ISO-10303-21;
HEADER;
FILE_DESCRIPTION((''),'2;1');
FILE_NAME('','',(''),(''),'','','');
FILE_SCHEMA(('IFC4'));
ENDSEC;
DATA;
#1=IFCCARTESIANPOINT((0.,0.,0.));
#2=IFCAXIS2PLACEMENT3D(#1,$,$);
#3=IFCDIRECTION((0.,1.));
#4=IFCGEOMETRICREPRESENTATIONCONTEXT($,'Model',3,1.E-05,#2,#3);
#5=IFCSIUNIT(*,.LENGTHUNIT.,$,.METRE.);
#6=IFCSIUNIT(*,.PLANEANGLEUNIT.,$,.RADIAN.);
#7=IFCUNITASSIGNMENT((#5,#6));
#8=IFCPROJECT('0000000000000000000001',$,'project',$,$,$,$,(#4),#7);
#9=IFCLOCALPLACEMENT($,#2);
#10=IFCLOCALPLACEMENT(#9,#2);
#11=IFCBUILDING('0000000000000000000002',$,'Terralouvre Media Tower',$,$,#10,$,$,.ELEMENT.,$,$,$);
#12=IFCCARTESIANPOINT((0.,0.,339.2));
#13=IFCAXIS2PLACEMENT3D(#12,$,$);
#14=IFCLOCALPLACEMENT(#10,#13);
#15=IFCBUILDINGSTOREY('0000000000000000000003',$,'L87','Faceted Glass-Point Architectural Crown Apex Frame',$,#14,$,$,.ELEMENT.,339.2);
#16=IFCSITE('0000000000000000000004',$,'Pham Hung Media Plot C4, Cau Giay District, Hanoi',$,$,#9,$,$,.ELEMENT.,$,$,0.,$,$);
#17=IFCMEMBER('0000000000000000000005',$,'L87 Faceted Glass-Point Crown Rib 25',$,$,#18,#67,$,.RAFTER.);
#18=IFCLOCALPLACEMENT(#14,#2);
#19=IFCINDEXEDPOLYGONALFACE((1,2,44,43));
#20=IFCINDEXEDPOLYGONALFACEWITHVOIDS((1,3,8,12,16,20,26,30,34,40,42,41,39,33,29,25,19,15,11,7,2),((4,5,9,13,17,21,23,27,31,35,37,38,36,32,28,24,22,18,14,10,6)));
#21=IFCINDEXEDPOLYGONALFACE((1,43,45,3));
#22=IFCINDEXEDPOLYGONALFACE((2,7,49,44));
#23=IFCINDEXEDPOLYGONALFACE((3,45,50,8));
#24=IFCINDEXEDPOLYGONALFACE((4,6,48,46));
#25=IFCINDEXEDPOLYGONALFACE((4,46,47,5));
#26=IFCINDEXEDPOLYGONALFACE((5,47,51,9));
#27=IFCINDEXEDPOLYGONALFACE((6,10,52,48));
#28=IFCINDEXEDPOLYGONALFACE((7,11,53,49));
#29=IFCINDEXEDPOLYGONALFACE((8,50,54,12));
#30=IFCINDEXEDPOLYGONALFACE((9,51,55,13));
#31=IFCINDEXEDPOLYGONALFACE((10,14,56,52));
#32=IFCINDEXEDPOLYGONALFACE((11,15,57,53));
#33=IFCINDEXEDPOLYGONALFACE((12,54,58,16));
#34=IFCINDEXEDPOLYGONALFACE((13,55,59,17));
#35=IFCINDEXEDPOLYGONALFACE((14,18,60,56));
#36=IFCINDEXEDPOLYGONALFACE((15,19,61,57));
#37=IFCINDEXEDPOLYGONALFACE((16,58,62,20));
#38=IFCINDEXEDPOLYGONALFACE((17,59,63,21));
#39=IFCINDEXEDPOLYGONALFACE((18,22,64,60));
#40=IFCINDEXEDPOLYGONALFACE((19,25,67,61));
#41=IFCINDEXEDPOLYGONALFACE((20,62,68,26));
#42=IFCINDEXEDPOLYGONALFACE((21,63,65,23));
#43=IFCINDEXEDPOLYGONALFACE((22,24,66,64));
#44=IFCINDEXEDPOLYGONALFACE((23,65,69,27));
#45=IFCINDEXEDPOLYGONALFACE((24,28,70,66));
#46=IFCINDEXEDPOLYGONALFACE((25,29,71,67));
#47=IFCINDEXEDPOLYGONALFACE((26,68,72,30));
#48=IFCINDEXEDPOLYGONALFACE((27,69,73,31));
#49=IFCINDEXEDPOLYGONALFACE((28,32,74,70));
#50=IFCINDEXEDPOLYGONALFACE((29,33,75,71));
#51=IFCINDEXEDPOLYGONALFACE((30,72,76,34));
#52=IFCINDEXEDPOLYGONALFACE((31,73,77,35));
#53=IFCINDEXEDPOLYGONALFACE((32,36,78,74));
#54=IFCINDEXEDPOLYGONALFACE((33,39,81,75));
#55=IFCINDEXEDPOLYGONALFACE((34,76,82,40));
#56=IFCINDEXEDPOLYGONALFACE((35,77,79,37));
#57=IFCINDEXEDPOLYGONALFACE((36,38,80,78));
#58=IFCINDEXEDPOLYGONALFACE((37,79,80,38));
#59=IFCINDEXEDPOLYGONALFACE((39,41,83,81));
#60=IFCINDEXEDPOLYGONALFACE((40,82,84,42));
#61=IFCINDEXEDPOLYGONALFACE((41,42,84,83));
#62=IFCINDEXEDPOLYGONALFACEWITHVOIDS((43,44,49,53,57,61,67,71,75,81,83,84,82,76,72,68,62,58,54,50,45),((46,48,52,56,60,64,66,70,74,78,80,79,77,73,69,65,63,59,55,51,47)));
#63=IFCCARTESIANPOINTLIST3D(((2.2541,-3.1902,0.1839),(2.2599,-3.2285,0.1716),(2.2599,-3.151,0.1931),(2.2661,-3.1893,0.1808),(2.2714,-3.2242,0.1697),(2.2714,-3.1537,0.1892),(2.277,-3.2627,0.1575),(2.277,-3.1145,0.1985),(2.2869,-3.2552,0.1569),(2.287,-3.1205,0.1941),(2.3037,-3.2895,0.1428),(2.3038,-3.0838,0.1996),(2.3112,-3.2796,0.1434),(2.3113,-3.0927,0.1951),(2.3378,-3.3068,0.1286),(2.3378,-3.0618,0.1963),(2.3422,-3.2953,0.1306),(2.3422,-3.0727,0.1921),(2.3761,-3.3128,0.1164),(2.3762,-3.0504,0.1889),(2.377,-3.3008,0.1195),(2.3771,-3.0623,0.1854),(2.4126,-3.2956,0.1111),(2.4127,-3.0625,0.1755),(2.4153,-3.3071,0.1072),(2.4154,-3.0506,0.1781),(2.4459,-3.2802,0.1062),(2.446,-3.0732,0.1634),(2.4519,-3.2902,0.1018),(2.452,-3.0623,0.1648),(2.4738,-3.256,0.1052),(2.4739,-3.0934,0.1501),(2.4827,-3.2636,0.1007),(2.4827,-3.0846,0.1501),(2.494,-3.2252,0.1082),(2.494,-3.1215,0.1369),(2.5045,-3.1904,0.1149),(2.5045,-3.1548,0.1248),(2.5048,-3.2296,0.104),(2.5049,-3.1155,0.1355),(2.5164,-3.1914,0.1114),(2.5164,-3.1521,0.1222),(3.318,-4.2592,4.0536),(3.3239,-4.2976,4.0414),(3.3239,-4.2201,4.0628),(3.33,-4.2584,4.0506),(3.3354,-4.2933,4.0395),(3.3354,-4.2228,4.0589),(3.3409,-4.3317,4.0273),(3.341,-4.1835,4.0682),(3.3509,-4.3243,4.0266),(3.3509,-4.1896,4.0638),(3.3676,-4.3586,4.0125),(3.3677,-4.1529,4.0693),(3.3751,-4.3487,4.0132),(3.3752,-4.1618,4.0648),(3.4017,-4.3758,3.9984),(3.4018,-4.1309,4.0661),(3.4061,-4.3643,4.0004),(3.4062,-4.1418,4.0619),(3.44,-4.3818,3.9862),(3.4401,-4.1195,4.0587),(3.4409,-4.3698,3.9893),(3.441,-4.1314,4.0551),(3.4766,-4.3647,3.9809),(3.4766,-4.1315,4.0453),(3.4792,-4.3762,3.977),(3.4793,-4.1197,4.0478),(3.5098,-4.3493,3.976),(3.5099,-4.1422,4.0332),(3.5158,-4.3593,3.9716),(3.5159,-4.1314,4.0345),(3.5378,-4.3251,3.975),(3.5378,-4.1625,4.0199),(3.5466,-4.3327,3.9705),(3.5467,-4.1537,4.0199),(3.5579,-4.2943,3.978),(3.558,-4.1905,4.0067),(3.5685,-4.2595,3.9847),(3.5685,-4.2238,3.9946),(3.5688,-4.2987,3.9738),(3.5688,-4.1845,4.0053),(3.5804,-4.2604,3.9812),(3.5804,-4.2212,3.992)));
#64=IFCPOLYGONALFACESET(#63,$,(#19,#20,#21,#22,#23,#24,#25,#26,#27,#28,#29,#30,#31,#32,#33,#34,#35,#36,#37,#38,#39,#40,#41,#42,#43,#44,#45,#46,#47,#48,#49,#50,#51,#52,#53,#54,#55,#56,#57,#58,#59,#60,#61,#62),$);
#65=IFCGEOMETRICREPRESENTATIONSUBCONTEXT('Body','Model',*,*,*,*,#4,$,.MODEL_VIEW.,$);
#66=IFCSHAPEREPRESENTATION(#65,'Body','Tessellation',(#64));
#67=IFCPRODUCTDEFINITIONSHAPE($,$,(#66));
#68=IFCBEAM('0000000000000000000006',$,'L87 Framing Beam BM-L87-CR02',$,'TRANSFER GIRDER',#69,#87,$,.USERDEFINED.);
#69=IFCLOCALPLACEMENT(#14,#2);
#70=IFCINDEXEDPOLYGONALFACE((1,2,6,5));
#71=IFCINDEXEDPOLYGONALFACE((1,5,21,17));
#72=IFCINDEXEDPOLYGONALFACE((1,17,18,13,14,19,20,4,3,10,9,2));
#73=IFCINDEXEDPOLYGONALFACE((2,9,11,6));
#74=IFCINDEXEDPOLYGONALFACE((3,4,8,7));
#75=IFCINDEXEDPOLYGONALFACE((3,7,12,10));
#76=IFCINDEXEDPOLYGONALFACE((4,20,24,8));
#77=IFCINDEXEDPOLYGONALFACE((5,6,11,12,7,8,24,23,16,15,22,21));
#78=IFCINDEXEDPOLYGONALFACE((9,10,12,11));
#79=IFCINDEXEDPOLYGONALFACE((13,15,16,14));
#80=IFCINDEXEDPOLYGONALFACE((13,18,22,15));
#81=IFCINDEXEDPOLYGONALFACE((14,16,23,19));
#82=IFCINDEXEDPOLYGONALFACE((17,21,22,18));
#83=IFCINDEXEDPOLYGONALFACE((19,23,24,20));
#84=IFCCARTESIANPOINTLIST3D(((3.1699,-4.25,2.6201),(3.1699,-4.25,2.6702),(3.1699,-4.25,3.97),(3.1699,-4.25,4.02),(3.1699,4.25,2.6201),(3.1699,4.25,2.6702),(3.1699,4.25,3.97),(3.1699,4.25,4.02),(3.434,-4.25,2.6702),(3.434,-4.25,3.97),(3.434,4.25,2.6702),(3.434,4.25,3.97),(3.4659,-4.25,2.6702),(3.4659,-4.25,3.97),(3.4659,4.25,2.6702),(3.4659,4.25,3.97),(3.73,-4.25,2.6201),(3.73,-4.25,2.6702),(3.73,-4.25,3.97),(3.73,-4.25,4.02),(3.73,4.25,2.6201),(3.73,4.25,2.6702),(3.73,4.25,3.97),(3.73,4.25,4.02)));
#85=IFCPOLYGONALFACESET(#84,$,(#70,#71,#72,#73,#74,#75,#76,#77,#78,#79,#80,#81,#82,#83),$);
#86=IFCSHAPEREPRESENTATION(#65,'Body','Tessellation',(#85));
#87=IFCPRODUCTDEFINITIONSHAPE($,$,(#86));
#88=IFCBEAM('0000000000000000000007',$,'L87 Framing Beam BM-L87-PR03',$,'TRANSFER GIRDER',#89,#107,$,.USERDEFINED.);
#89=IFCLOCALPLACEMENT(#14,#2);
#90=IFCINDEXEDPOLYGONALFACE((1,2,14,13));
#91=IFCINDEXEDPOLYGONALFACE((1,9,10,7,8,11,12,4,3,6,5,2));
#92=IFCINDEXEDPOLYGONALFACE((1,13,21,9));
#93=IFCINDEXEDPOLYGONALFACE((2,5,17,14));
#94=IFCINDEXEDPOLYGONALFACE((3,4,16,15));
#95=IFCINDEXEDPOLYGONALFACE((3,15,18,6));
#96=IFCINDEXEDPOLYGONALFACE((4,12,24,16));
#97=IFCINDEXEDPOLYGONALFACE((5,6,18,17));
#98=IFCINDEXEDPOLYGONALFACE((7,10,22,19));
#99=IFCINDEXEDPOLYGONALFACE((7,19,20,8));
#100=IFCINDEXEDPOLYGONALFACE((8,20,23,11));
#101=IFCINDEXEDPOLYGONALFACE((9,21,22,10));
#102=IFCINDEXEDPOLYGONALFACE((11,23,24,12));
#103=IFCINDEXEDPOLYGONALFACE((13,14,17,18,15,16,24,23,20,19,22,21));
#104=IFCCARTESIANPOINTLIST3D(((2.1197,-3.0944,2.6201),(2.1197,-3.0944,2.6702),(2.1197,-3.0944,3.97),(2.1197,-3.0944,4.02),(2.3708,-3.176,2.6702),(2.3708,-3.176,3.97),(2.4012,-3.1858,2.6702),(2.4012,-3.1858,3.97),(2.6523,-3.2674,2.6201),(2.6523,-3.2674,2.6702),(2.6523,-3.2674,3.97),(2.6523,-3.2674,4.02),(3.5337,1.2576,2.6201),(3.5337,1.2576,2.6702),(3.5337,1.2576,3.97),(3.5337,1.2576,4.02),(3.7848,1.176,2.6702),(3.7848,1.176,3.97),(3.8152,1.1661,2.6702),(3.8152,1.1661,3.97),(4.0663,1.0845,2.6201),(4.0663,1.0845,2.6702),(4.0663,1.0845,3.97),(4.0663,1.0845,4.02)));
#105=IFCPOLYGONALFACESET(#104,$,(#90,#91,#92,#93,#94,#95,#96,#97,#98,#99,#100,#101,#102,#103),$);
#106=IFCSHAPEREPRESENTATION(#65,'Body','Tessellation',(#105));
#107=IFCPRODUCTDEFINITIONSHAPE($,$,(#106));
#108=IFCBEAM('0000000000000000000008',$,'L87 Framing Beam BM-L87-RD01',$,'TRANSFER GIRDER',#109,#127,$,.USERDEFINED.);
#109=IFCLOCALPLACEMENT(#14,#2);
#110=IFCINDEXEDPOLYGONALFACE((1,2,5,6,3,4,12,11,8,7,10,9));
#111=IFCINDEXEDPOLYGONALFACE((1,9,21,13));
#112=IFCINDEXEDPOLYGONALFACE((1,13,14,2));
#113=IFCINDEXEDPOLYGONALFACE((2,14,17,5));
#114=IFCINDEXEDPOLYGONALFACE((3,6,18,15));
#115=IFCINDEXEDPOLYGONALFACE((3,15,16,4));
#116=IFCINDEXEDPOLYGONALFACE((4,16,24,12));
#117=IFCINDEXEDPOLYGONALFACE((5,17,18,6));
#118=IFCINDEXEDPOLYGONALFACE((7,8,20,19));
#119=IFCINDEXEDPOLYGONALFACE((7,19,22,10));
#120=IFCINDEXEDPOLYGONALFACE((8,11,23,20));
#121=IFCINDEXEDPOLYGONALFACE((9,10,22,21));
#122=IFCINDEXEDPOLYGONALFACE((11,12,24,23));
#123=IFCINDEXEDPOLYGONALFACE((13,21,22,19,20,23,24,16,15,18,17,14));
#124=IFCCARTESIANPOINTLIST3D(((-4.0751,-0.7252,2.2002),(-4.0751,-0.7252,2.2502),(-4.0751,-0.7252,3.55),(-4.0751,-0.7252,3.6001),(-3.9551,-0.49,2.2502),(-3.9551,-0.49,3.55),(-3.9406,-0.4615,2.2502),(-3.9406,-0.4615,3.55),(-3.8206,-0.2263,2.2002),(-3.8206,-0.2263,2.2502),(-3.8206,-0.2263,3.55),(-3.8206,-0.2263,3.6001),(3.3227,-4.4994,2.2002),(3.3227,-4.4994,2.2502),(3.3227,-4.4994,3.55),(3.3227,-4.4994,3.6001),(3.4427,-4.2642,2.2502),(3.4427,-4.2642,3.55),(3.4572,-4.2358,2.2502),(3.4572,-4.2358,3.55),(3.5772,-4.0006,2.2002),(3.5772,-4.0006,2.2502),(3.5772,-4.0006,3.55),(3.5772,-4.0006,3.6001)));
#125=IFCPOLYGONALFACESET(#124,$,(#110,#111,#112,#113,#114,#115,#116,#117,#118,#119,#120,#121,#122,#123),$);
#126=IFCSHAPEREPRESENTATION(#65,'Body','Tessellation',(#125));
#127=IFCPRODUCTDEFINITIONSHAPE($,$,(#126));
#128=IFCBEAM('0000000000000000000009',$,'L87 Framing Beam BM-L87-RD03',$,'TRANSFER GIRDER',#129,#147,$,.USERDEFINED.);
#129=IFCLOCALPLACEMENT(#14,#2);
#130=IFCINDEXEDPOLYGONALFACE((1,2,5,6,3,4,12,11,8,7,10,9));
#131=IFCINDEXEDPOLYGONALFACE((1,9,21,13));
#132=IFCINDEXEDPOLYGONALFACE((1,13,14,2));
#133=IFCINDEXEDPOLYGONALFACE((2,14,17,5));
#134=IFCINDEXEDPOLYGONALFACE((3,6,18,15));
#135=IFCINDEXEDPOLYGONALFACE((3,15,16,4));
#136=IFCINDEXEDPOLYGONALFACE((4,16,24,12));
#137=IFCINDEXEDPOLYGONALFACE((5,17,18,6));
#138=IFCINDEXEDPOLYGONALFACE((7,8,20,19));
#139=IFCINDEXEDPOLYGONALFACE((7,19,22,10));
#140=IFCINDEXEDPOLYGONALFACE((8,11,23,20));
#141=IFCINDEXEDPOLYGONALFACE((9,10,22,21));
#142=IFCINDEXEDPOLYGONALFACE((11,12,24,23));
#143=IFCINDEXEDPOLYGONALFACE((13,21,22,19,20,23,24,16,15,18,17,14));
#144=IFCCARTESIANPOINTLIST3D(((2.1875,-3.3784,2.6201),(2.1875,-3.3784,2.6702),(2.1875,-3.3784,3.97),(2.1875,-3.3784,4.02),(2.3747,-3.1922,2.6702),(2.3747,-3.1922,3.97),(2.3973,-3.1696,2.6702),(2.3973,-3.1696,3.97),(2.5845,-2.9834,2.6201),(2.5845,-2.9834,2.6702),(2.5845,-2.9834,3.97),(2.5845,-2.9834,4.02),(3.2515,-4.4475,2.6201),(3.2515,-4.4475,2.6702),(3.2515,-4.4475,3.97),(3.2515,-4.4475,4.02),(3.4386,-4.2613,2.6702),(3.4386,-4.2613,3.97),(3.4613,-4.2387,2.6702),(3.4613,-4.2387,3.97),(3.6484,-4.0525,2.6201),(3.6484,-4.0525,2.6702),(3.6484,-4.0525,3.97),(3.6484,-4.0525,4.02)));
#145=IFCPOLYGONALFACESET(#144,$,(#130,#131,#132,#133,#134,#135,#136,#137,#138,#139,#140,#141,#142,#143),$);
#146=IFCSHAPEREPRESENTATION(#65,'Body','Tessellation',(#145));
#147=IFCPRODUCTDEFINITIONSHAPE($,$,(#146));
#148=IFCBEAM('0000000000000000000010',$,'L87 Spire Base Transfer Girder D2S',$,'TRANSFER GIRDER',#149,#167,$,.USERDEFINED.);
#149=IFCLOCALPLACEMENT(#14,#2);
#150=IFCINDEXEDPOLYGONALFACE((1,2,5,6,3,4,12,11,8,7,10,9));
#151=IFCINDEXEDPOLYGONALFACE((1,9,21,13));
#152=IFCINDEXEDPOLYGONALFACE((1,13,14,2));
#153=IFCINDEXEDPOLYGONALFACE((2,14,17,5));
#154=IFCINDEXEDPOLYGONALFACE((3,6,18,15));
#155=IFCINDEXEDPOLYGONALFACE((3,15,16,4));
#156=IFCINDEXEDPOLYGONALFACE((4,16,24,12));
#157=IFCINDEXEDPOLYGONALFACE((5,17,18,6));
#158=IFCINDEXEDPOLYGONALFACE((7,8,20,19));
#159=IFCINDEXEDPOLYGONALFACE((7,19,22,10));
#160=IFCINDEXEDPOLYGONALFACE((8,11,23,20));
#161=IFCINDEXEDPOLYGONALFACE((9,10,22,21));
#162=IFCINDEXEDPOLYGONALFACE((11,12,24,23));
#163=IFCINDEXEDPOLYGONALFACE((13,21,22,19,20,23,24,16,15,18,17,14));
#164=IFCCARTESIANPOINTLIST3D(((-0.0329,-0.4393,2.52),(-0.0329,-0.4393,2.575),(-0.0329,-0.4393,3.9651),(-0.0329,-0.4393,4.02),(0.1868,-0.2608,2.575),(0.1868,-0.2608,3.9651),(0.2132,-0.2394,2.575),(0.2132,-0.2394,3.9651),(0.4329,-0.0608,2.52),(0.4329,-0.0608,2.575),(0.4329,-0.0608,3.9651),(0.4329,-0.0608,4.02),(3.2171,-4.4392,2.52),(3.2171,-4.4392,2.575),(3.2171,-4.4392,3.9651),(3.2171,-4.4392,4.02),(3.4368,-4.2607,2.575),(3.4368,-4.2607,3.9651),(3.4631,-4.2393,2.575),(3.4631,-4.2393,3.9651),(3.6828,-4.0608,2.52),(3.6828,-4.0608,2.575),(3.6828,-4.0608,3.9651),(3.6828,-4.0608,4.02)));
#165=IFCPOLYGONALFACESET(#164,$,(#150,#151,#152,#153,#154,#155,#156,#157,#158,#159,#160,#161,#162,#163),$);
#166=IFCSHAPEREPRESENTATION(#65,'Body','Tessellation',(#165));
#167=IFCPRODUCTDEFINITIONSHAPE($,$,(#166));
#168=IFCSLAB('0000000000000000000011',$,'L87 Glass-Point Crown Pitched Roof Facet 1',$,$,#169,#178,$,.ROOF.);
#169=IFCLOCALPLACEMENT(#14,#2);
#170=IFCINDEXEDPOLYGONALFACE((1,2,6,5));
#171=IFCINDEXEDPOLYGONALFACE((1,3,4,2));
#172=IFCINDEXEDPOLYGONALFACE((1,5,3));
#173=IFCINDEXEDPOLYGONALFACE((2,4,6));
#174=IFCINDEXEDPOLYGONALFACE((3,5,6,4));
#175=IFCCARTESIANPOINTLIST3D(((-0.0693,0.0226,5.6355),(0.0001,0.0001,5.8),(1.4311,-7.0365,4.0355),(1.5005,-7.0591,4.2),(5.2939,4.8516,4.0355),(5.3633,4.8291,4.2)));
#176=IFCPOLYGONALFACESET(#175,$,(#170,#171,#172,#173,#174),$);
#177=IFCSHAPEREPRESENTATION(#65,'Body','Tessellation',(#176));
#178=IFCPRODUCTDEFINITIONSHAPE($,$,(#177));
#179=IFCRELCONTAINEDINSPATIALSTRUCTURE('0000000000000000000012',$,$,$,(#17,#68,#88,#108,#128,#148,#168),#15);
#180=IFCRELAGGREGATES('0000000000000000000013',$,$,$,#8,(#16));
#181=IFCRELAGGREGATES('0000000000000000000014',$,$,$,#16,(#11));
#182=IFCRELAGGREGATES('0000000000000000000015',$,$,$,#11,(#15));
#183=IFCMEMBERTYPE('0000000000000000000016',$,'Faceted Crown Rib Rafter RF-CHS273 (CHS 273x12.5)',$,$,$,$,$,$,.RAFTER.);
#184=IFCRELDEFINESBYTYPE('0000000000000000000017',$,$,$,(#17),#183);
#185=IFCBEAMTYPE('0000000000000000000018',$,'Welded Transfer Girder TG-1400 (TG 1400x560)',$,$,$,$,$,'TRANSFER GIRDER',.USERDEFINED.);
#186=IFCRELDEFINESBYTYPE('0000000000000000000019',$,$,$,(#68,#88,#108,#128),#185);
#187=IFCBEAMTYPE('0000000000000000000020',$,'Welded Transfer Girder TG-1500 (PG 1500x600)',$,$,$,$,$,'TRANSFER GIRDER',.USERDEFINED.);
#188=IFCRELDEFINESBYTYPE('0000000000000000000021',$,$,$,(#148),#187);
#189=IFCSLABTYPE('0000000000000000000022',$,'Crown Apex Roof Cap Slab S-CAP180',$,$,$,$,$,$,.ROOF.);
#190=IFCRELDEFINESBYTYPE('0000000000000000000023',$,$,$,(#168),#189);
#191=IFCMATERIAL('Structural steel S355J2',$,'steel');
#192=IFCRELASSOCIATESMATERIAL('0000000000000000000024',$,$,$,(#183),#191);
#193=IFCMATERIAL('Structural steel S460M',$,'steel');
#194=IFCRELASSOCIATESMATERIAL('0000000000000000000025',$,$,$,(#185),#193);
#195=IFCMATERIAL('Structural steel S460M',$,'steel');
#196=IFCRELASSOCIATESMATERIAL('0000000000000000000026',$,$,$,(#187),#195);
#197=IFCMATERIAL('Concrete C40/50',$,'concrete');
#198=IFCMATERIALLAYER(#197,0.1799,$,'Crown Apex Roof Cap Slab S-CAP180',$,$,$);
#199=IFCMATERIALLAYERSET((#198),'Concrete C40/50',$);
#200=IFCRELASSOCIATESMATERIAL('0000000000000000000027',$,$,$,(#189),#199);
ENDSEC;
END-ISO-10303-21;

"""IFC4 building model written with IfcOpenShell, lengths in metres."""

from ifc_helpers import new_model, si_unit, direction, frame, origin, origin_2d, place, context, subcontext, project, spatial, polyline, hollow_circle, i_section, outline, extrude, material, layer, layer_set, material_profile, profile_set, type_object, element, save


model = new_model("IFC4")

# Units and contexts
model_context = context("Model", 3, precision=1e-05, world=origin(), true_north=direction((0.0, 1.0)))
body_context = subcontext(model_context, "Body", "Model", "MODEL_VIEW")
ifc_project = project(units=[si_unit("LENGTHUNIT", "METRE"), si_unit("PLANEANGLEUNIT", "RADIAN")], contexts=[model_context])

# Site, building, storey
site_placement = place(None, origin())
site = spatial("IfcSite", under=ifc_project, at=site_placement, Name="Pham Hung Media Plot C4, Cau Giay District, Hanoi", CompositionType="ELEMENT", RefElevation=0.0)
building_placement = place(site_placement, origin())
building = spatial("IfcBuilding", under=site, at=building_placement, Name="Terralouvre Media Tower", CompositionType="ELEMENT")
storey_placement = place(building_placement, frame((0.0, 0.0, 339.2)))
storey = spatial("IfcBuildingStorey", under=building, at=storey_placement, Name="L87", Description="Faceted Glass-Point Architectural Crown Apex Frame", CompositionType="ELEMENT", Elevation=339.2)

# Member
ifc_material_1 = material(Name="Structural steel S355J2", Category="steel")
ifc_material_profile_1 = material_profile(ifc_material_1, hollow_circle(Radius=0.1365, WallThickness=0.0125, at=origin_2d()), Name="CHS 273x12.5")
ifc_profile_set_1 = profile_set([ifc_material_profile_1], Name="Structural steel S355J2")
member_type_1 = type_object("IfcMemberType", Name="Faceted Crown Rib Rafter RF-CHS273 (CHS 273x12.5)", PredefinedType="RAFTER", material=ifc_profile_set_1)
member_1_placement = place(storey_placement, frame((2.386, -3.1809, 0.1501), z_axis=(0.256166, -0.2574, 0.931732), x_axis=(0.708804, 0.705405, 0.0)))
element("IfcMember", 1, at=member_1_placement, inside=storey, type_object=member_type_1, Name="L87 Faceted Glass-Point Crown Rib 25", PredefinedType="RAFTER", context=body_context, shape_type="SweptSolid", body=[
    extrude(hollow_circle(Radius=0.1365, WallThickness=0.0125, at=origin_2d()), origin(), (0.0, 0.0, 1.0), 4.1533),
])

# Beams
ifc_material_2 = material(Name="Structural steel S460M", Category="steel")
ifc_material_profile_2 = material_profile(ifc_material_2, i_section(OverallWidth=0.5601, OverallDepth=1.3999, WebThickness=0.032, FlangeThickness=0.05, at=origin_2d()), Name="TG 1400x560")
ifc_profile_set_2 = profile_set([ifc_material_profile_2], Name="Structural steel S460M")
beam_type_1 = type_object("IfcBeamType", Name="Welded Transfer Girder TG-1400 (TG 1400x560)", ElementType="TRANSFER GIRDER", PredefinedType="USERDEFINED", material=ifc_profile_set_2)
beam_1_placement = place(storey_placement, frame((3.45, -4.25, 3.3201), z_axis=(0.0, 1.0, 0.0), x_axis=(-1.0, 0.0, 0.0)))
element("IfcBeam", 2, at=beam_1_placement, inside=storey, type_object=beam_type_1, Name="L87 Framing Beam BM-L87-CR02", ObjectType="TRANSFER GIRDER", PredefinedType="USERDEFINED", context=body_context, shape_type="SweptSolid", body=[
    extrude(i_section(OverallWidth=0.5601, OverallDepth=1.3999, WebThickness=0.032, FlangeThickness=0.05, at=origin_2d()), origin(), (0.0, 0.0, 1.0), 8.5),
])
beam_2_placement = place(storey_placement, frame((2.386, -3.1809, 3.3201), z_axis=(0.309016, 0.951057, 0.0), x_axis=(-0.951057, 0.309016, 0.0)))
element("IfcBeam", 3, at=beam_2_placement, inside=storey, type_object=beam_type_1, Name="L87 Framing Beam BM-L87-PR03", ObjectType="TRANSFER GIRDER", PredefinedType="USERDEFINED", context=body_context, shape_type="SweptSolid", body=[
    extrude(i_section(OverallWidth=0.5601, OverallDepth=1.3999, WebThickness=0.032, FlangeThickness=0.05, at=origin_2d()), origin(), (0.0, 0.0, 1.0), 4.5759),
])
beam_3_placement = place(storey_placement, frame((3.45, -4.25, 2.9001), z_axis=(-0.89077, 0.454454, 0.0), x_axis=(-0.454454, -0.89077, 0.0)))
element("IfcBeam", 4, at=beam_3_placement, inside=storey, type_object=beam_type_1, Name="L87 Framing Beam BM-L87-RD01", ObjectType="TRANSFER GIRDER", PredefinedType="USERDEFINED", context=body_context, shape_type="SweptSolid", body=[
    extrude(i_section(OverallWidth=0.5601, OverallDepth=1.3999, WebThickness=0.032, FlangeThickness=0.05, at=origin_2d()), origin(), (0.0, 0.0, 1.0), 8.3049),
])
beam_4_placement = place(storey_placement, frame((3.45, -4.25, 3.3201), z_axis=(-0.705405, 0.708804, 0.0), x_axis=(-0.708804, -0.705405, 0.0)))
element("IfcBeam", 5, at=beam_4_placement, inside=storey, type_object=beam_type_1, Name="L87 Framing Beam BM-L87-RD03", ObjectType="TRANSFER GIRDER", PredefinedType="USERDEFINED", context=body_context, shape_type="SweptSolid", body=[
    extrude(i_section(OverallWidth=0.5601, OverallDepth=1.3999, WebThickness=0.032, FlangeThickness=0.05, at=origin_2d()), origin(), (0.0, 0.0, 1.0), 1.5083),
])
ifc_material_3 = material(Name="Structural steel S460M", Category="steel")
ifc_material_profile_3 = material_profile(ifc_material_3, i_section(OverallWidth=0.6001, OverallDepth=1.5, WebThickness=0.0339, FlangeThickness=0.0549, at=origin_2d()), Name="PG 1500x600")
ifc_profile_set_3 = profile_set([ifc_material_profile_3], Name="Structural steel S460M")
beam_type_2 = type_object("IfcBeamType", Name="Welded Transfer Girder TG-1500 (PG 1500x600)", ElementType="TRANSFER GIRDER", PredefinedType="USERDEFINED", material=ifc_profile_set_3)
beam_5_placement = place(storey_placement, frame((3.45, -4.25, 3.27), z_axis=(-0.630593, 0.776114, 0.0), x_axis=(-0.776114, -0.630593, 0.0)))
element("IfcBeam", 6, at=beam_5_placement, inside=storey, type_object=beam_type_2, Name="L87 Spire Base Transfer Girder D2S", ObjectType="TRANSFER GIRDER", PredefinedType="USERDEFINED", context=body_context, shape_type="SweptSolid", body=[
    extrude(i_section(OverallWidth=0.6001, OverallDepth=1.5, WebThickness=0.0339, FlangeThickness=0.0549, at=origin_2d()), origin(), (0.0, 0.0, 1.0), 5.1538),
])

# Slab
ifc_material_4 = material(Name="Concrete C40/50", Category="concrete")
ifc_layer_1 = layer(ifc_material_4, 0.1799, Name="Crown Apex Roof Cap Slab S-CAP180")
ifc_layer_set_1 = layer_set([ifc_layer_1], Name="Concrete C40/50")
slab_type = type_object("IfcSlabType", Name="Crown Apex Roof Cap Slab S-CAP180", PredefinedType="ROOF", material=ifc_layer_set_1)
slab_placement = place(storey_placement, frame((1.5005, -7.0591, 4.2), z_axis=(0.385522, -0.125267, 0.914156), x_axis=(0.309023, 0.951054, 0.0)))
element("IfcSlab", 7, at=slab_placement, inside=storey, type_object=slab_type, Name="L87 Glass-Point Crown Pitched Roof Facet 1", PredefinedType="ROOF", context=body_context, shape_type="SweptSolid", body=[
    extrude(outline(polyline([(0.0, 0.0), (12.5, 0.0), (6.25, 3.9473), (0.0, 0.0)])), origin(), (0.0, 0.0, -1.0), 0.1799),
])

save(model, "model.ifc")
